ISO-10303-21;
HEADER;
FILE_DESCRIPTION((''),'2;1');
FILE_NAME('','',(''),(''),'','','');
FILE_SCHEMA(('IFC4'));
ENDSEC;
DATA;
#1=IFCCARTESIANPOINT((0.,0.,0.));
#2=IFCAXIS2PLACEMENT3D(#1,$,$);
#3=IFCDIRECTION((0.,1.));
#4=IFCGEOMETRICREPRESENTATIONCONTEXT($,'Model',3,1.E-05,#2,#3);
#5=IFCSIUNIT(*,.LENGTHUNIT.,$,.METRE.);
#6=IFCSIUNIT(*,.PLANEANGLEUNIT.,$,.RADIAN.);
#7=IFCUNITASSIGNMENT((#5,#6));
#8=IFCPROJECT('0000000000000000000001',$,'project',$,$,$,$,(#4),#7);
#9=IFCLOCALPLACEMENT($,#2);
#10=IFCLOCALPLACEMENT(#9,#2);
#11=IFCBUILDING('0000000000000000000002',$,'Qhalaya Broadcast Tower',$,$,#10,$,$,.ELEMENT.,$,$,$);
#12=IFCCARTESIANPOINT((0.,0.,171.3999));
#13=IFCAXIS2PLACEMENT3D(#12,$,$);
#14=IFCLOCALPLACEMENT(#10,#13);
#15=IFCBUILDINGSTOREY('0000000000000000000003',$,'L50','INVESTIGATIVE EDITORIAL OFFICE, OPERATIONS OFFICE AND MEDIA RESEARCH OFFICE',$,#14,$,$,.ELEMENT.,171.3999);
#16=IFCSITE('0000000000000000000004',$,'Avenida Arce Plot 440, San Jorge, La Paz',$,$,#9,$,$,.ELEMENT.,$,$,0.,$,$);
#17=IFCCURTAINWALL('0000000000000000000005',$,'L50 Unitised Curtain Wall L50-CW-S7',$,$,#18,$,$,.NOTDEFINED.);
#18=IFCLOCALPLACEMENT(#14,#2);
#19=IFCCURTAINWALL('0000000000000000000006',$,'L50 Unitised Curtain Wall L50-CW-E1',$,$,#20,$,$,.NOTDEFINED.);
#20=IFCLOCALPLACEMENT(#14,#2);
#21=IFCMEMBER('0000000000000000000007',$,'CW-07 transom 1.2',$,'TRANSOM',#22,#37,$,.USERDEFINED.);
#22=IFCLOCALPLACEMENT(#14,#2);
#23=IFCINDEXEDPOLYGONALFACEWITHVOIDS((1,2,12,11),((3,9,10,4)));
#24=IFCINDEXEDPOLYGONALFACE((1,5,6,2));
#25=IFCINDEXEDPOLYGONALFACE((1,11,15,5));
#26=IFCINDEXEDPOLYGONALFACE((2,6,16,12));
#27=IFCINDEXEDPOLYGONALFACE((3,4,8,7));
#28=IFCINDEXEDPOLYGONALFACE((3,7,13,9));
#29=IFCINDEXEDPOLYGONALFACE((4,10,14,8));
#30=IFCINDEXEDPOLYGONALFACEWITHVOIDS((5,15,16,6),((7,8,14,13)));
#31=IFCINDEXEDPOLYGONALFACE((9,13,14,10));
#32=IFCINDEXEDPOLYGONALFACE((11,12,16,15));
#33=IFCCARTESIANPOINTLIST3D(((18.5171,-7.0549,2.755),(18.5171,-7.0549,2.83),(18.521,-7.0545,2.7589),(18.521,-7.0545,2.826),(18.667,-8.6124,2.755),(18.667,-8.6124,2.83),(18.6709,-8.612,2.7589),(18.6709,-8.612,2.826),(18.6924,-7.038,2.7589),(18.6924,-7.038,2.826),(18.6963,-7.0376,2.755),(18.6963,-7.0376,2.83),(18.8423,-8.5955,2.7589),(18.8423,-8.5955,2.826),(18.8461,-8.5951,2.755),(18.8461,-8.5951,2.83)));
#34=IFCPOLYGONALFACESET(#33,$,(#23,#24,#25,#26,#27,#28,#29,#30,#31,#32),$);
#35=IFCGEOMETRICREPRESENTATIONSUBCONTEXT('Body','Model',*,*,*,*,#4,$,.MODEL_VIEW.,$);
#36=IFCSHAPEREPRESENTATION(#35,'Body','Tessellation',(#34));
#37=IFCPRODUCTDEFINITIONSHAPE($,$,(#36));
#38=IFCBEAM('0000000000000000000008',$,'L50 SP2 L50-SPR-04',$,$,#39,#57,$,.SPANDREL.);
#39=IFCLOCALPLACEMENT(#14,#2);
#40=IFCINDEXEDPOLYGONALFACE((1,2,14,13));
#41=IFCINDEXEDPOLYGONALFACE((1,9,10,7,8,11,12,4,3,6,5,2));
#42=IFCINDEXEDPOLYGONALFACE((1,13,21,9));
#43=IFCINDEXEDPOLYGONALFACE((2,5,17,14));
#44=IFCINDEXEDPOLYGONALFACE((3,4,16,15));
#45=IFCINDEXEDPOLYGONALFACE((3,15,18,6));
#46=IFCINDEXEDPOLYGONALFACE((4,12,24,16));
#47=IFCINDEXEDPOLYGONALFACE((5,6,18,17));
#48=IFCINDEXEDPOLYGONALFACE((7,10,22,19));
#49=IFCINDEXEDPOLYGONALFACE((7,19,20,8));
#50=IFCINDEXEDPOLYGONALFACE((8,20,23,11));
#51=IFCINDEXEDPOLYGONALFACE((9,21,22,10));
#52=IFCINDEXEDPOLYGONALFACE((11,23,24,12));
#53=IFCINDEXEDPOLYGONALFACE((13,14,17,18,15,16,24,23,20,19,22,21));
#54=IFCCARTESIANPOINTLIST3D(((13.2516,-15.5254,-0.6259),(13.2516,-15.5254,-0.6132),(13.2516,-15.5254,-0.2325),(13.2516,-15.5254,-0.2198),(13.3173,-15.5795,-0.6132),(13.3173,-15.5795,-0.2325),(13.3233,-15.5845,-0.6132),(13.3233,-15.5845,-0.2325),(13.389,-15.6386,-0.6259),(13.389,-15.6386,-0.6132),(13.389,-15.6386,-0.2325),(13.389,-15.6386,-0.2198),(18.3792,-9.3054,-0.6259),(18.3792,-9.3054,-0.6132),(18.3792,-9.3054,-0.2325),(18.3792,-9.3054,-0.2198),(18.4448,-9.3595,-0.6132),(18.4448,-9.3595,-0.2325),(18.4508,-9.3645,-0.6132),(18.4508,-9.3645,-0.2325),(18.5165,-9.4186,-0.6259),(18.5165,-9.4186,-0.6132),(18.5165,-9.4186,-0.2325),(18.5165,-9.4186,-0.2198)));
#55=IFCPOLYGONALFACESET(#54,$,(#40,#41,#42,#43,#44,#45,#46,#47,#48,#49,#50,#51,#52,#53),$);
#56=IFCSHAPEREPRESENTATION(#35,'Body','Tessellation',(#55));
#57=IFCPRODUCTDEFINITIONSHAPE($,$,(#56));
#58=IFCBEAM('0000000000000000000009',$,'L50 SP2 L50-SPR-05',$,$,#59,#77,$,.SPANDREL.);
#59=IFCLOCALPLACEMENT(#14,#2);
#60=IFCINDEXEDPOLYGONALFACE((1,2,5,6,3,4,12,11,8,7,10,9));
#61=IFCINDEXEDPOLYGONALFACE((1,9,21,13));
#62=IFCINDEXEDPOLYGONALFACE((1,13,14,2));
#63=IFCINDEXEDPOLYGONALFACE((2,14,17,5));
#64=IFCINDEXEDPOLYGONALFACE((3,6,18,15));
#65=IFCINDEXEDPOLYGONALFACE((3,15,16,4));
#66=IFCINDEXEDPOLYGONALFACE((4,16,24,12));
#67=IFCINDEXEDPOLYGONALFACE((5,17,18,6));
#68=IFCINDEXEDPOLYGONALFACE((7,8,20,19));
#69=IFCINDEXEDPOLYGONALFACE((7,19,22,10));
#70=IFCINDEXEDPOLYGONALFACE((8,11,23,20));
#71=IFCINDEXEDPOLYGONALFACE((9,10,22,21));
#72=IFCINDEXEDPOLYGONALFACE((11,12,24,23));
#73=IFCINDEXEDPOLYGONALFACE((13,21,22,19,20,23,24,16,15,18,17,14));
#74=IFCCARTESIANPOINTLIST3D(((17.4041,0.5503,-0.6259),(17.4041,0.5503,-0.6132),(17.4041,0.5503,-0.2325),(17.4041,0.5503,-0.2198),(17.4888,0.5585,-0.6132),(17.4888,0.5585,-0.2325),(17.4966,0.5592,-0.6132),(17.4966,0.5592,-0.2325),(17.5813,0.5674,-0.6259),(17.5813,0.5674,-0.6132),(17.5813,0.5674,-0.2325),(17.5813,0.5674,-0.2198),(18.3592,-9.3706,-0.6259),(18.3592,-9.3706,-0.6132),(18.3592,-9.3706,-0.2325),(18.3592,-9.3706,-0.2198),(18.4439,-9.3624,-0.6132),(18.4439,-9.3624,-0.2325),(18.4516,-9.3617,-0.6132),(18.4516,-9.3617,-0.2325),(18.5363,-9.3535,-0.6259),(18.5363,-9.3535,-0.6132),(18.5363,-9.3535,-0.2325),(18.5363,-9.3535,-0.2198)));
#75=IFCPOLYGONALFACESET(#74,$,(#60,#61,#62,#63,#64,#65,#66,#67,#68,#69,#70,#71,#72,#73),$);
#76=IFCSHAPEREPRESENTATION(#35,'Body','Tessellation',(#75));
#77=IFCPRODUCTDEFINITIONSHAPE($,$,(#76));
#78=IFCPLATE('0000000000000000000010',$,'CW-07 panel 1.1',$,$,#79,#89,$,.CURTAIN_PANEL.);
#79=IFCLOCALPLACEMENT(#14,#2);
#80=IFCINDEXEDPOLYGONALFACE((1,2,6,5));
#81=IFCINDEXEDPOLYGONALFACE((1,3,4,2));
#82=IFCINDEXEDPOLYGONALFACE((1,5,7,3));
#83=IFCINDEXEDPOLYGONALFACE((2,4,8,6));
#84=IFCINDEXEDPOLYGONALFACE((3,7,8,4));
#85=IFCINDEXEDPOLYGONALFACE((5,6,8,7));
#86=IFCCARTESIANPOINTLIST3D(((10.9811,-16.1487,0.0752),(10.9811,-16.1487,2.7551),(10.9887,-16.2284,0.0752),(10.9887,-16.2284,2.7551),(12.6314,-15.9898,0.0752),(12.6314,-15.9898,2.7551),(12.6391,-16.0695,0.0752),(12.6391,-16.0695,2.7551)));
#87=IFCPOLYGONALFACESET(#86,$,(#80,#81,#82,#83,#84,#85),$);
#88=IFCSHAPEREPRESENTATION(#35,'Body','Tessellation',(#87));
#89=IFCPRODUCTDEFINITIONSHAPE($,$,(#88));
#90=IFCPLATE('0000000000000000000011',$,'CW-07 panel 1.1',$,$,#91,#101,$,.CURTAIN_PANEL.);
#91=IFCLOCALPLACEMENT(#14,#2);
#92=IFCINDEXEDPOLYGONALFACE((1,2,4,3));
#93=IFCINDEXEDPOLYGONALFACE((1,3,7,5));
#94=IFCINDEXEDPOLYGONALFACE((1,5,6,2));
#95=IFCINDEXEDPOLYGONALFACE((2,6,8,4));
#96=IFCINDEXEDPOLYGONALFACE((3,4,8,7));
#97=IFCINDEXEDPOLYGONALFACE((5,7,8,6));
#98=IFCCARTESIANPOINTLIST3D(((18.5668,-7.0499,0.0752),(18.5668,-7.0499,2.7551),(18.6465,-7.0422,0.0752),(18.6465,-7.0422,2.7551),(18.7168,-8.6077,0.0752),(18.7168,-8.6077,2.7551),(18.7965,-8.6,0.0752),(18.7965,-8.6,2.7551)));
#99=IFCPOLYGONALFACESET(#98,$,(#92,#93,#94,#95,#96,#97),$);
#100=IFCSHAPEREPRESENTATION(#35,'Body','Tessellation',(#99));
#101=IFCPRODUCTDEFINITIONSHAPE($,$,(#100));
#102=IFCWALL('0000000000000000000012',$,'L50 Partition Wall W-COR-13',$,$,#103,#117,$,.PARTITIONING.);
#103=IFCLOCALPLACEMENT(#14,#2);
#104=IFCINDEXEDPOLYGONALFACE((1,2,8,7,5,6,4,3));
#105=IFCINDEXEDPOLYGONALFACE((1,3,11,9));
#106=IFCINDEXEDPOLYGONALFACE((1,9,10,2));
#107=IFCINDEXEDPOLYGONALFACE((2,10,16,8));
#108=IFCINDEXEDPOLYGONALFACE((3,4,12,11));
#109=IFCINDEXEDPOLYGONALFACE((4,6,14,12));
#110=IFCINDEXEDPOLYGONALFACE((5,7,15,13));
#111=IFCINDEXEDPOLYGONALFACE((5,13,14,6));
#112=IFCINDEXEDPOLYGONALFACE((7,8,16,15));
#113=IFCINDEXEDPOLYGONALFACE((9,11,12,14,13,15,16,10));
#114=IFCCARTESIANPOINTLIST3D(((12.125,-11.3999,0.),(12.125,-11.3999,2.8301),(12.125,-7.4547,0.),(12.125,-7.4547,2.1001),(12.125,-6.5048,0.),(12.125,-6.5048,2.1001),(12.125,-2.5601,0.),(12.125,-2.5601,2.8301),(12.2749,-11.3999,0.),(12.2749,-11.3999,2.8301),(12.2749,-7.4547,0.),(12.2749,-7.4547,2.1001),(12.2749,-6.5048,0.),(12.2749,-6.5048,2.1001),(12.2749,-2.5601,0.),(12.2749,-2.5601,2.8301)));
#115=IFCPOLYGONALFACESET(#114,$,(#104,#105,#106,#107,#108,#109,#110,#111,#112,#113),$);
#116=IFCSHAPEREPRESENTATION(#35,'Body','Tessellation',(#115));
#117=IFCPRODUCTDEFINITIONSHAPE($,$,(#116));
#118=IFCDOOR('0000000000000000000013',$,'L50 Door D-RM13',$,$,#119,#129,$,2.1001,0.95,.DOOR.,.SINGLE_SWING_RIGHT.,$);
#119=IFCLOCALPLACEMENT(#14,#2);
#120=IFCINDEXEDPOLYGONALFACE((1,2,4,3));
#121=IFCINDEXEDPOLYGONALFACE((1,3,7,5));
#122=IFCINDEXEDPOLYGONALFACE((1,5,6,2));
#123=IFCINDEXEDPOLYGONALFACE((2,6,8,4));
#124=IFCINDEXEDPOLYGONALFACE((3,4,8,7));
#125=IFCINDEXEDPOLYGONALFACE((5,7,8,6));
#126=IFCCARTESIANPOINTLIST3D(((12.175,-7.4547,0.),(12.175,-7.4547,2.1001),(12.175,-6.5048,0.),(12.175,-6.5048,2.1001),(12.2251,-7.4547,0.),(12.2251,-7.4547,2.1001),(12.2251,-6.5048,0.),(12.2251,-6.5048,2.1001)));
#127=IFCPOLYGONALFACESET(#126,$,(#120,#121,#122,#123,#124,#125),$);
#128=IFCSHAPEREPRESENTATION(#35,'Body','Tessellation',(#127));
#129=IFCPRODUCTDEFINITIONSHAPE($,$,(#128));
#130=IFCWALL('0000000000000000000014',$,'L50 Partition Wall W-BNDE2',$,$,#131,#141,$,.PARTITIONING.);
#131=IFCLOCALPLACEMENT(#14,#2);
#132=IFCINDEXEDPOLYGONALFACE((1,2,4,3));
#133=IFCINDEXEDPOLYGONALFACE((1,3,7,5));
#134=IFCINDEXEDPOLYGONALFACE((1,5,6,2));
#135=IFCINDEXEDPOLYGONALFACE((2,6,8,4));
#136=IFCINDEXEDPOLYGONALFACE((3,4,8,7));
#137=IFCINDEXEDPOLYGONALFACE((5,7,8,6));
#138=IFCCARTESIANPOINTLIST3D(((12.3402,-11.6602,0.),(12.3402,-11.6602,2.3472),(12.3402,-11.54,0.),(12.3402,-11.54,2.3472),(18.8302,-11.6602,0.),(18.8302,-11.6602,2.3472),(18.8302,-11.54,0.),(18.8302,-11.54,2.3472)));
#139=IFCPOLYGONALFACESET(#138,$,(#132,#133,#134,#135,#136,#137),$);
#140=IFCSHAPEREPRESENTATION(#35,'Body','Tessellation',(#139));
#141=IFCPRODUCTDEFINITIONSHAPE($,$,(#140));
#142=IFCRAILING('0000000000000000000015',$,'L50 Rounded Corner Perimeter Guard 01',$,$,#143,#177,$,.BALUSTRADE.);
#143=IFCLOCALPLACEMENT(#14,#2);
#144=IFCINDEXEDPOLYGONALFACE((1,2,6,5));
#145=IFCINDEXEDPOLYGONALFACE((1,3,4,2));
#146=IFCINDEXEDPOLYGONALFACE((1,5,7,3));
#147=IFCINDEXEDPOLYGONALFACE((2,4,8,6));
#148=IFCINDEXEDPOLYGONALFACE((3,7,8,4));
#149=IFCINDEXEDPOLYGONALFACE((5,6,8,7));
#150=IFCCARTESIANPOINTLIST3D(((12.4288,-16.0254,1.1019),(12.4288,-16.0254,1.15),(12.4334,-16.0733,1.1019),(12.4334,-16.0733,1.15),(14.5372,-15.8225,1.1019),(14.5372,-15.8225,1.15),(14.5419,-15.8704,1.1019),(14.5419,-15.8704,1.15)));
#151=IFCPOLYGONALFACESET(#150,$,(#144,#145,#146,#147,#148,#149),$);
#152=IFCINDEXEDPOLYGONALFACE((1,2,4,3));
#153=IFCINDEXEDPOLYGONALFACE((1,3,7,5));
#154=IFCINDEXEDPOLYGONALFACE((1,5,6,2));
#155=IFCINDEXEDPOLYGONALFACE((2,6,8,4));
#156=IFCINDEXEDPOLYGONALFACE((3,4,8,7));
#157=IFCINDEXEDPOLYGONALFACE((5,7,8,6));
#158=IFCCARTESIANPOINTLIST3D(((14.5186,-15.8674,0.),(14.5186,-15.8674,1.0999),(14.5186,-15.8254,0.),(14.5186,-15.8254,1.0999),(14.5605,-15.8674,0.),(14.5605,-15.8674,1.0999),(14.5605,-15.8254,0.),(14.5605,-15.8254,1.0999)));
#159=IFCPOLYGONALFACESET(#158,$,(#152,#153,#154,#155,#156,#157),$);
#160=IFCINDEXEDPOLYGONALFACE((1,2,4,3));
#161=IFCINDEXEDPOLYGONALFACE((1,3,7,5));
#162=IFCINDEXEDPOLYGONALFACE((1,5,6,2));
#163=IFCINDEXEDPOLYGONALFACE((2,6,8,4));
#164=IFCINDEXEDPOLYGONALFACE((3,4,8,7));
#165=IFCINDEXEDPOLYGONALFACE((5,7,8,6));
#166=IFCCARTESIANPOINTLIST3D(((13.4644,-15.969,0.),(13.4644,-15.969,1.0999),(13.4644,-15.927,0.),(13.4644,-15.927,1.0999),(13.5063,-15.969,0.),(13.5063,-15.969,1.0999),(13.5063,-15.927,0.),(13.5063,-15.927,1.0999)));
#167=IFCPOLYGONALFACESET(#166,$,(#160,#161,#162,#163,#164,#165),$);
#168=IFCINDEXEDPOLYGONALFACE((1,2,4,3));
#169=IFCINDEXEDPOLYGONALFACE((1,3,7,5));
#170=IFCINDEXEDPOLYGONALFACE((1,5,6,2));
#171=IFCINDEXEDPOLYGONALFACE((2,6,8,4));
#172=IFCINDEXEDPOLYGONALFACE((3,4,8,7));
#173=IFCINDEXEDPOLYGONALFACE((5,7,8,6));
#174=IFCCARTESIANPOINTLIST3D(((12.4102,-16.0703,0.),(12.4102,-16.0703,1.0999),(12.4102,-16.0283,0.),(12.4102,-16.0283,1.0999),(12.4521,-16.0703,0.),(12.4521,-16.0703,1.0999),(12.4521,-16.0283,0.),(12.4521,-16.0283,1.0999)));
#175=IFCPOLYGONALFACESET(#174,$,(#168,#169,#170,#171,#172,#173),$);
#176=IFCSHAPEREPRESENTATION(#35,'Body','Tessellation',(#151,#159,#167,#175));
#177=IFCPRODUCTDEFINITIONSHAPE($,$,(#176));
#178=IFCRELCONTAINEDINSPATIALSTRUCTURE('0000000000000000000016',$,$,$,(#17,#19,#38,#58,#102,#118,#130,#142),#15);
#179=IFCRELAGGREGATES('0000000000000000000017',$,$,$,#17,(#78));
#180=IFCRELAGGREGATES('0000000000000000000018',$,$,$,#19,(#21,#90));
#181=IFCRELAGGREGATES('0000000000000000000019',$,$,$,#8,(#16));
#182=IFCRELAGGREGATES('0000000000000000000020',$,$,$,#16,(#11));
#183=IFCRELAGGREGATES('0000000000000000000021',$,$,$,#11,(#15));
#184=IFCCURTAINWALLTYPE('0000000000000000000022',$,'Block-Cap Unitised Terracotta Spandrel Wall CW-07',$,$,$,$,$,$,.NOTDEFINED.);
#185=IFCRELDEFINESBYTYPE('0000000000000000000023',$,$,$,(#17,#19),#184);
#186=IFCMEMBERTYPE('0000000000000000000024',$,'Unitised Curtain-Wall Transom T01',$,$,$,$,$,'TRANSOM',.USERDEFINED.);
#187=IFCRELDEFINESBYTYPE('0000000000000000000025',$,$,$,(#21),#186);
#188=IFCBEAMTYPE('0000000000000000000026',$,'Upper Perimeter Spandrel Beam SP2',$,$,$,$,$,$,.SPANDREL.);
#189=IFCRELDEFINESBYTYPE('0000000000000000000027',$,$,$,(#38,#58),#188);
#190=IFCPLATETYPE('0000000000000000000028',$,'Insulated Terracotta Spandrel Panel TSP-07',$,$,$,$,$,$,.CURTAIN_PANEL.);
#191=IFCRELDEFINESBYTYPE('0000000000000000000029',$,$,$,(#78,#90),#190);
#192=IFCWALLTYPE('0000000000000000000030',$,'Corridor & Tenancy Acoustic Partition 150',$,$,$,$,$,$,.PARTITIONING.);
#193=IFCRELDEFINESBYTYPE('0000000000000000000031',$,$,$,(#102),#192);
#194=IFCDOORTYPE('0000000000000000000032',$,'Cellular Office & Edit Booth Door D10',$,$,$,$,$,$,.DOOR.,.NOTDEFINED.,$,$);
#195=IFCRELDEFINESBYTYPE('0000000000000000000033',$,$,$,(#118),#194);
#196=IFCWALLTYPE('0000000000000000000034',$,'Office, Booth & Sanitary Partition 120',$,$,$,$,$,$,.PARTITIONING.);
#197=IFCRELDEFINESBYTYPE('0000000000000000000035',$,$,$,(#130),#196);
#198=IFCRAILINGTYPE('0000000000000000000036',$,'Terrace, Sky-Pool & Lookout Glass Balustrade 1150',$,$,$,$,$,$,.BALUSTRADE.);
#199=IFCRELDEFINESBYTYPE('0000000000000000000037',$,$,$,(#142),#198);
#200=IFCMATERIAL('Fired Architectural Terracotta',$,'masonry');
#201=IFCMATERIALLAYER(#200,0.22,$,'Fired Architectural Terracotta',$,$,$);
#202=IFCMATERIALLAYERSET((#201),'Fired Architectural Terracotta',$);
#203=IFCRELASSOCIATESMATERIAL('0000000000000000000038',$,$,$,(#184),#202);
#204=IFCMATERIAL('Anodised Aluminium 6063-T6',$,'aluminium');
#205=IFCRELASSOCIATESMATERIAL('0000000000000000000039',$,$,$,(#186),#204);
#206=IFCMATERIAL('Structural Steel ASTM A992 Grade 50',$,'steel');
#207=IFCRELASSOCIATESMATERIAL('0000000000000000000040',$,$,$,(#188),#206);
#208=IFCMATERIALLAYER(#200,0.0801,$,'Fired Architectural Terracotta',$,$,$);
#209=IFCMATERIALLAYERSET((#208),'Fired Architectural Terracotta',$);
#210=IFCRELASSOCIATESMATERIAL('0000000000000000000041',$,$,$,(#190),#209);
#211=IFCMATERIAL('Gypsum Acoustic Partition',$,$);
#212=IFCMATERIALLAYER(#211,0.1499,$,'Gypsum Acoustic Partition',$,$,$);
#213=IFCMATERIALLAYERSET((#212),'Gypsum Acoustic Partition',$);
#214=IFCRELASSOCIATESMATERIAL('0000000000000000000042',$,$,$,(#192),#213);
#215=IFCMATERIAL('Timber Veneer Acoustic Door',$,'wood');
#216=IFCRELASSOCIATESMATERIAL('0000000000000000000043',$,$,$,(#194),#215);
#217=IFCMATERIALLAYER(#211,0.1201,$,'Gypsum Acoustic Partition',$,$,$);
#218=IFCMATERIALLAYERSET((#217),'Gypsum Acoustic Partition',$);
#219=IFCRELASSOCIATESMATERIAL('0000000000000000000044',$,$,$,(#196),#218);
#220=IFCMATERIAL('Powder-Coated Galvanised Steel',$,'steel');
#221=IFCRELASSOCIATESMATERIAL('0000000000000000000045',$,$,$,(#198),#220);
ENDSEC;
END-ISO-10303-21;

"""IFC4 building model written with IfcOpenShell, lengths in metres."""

from ifc_helpers import new_model, si_unit, direction, frame, frame_2d, origin, origin_2d, place, context, subcontext, project, spatial, rectangle, hollow_rectangle, i_section, extrude, material, layer, layer_set, material_profile, profile_set, type_object, element, fill, aggregate, save


model = new_model("IFC4")

# Units and contexts
model_context = context("Model", 3, precision=1e-05, world=origin(), true_north=direction((0.0, 1.0)))
body_context = subcontext(model_context, "Body", "Model", "MODEL_VIEW")
ifc_project = project(units=[si_unit("LENGTHUNIT", "METRE"), si_unit("PLANEANGLEUNIT", "RADIAN")], contexts=[model_context])

# Site, building, storey
site_placement = place(None, origin())
site = spatial("IfcSite", under=ifc_project, at=site_placement, Name="Avenida Arce Plot 440, San Jorge, La Paz", CompositionType="ELEMENT", RefElevation=0.0)
building_placement = place(site_placement, origin())
building = spatial("IfcBuilding", under=site, at=building_placement, Name="Qhalaya Broadcast Tower", CompositionType="ELEMENT")
storey_placement = place(building_placement, frame((0.0, 0.0, 171.3999)))
storey = spatial("IfcBuildingStorey", under=building, at=storey_placement, Name="L50", Description="INVESTIGATIVE EDITORIAL OFFICE, OPERATIONS OFFICE AND MEDIA RESEARCH OFFICE", CompositionType="ELEMENT", Elevation=171.3999)

# Shared definitions
ifc_material_1 = material(Name="Anodised Aluminium 6063-T6", Category="aluminium")

# Curtain walls
ifc_material_2 = material(Name="Fired Architectural Terracotta", Category="masonry")
ifc_layer_1 = layer(ifc_material_2, 0.22, Name="Fired Architectural Terracotta")
ifc_layer_set_1 = layer_set([ifc_layer_1], Name="Fired Architectural Terracotta")
curtain_wall_type_1 = type_object("IfcCurtainWallType", Name="Block-Cap Unitised Terracotta Spandrel Wall CW-07", PredefinedType="NOTDEFINED", material=ifc_layer_set_1)
curtain_wall_1_placement = place(storey_placement, origin())
curtain_wall_1 = element("IfcCurtainWall", 1, at=curtain_wall_1_placement, inside=storey, type_object=curtain_wall_type_1, Name="L50 Unitised Curtain Wall L50-CW-S7", PredefinedType="NOTDEFINED")
curtain_wall_2_placement = place(storey_placement, origin())
curtain_wall_2 = element("IfcCurtainWall", 2, at=curtain_wall_2_placement, inside=storey, type_object=curtain_wall_type_1, Name="L50 Unitised Curtain Wall L50-CW-E1", PredefinedType="NOTDEFINED")

# Member
ifc_material_profile_1 = material_profile(ifc_material_1, hollow_rectangle(XDim=0.075, YDim=0.1799, WallThickness=0.0039, at=origin_2d()), Name="ALU-TRN 75x180x4")
ifc_profile_set_1 = profile_set([ifc_material_profile_1], Name="Anodised Aluminium 6063-T6")
member_type_1 = type_object("IfcMemberType", Name="Unitised Curtain-Wall Transom T01", ElementType="TRANSOM", PredefinedType="USERDEFINED", material=ifc_profile_set_1)
member_1_placement = place(storey_placement, frame((18.7566, -8.6038, 2.7925), z_axis=(-0.095796, 0.995401, 0.0), x_axis=(0.0, 0.0, 1.0)))
member_1 = element("IfcMember", 3, at=member_1_placement, type_object=member_type_1, Name="CW-07 transom 1.2", ObjectType="TRANSOM", PredefinedType="USERDEFINED", context=body_context, shape_type="SweptSolid", body=[
    extrude(hollow_rectangle(XDim=0.075, YDim=0.1799, WallThickness=0.0039, at=origin_2d()), origin(), (0.0, 0.0, 1.0), 1.5647),
])

# Beams
ifc_material_3 = material(Name="Structural Steel ASTM A992 Grade 50", Category="steel")
ifc_material_profile_2 = material_profile(ifc_material_3, i_section(OverallWidth=0.178, OverallDepth=0.406, WebThickness=0.0078, FlangeThickness=0.0127, at=origin_2d()), Name="W16X40")
ifc_profile_set_2 = profile_set([ifc_material_profile_2], Name="Structural Steel ASTM A992 Grade 50")
beam_type = type_object("IfcBeamType", Name="Upper Perimeter Spandrel Beam SP2", PredefinedType="SPANDREL", material=ifc_profile_set_2)
beam_1_placement = place(storey_placement, frame((13.3203, -15.582, -0.4229), z_axis=(0.636085, 0.771619, 0.0), x_axis=(-0.771619, 0.636085, 0.0)))
element("IfcBeam", 4, at=beam_1_placement, inside=storey, type_object=beam_type, Name="L50 SP2 L50-SPR-04", PredefinedType="SPANDREL", context=body_context, shape_type="SweptSolid", body=[
    extrude(i_section(OverallWidth=0.178, OverallDepth=0.406, WebThickness=0.0078, FlangeThickness=0.0127, at=origin_2d()), origin(), (0.0, 0.0, 1.0), 8.061),
])
beam_2_placement = place(storey_placement, frame((18.4478, -9.3621, -0.4229), z_axis=(-0.095826, 0.995398, 0.0), x_axis=(-0.995398, -0.095826, 0.0)))
element("IfcBeam", 5, at=beam_2_placement, inside=storey, type_object=beam_type, Name="L50 SP2 L50-SPR-05", PredefinedType="SPANDREL", context=body_context, shape_type="SweptSolid", body=[
    extrude(i_section(OverallWidth=0.178, OverallDepth=0.406, WebThickness=0.0078, FlangeThickness=0.0127, at=origin_2d()), origin(), (0.0, 0.0, 1.0), 9.9668),
])

# Plates
ifc_layer_2 = layer(ifc_material_2, 0.0801, Name="Fired Architectural Terracotta")
ifc_layer_set_2 = layer_set([ifc_layer_2], Name="Fired Architectural Terracotta")
plate_type = type_object("IfcPlateType", Name="Insulated Terracotta Spandrel Panel TSP-07", PredefinedType="CURTAIN_PANEL", material=ifc_layer_set_2)
plate_1_placement = place(storey_placement, frame((11.8101, -16.1091, 0.0752), z_axis=(0.0, 0.0, 1.0), x_axis=(0.995395, 0.095856, 0.0)))
plate_1 = element("IfcPlate", 6, at=plate_1_placement, type_object=plate_type, Name="CW-07 panel 1.1", PredefinedType="CURTAIN_PANEL", context=body_context, shape_type="SweptSolid", body=[
    extrude(rectangle(XDim=1.658, YDim=0.0801, at=origin_2d()), origin(), (0.0, 0.0, 1.0), 2.6799),
])
aggregate(curtain_wall_1, [plate_1])
plate_2_placement = place(storey_placement, frame((18.6816, -7.825, 0.0752), z_axis=(0.0, 0.0, 1.0), x_axis=(-0.09586, 0.995395, 0.0)))
plate_2 = element("IfcPlate", 7, at=plate_2_placement, type_object=plate_type, Name="CW-07 panel 1.1", PredefinedType="CURTAIN_PANEL", context=body_context, shape_type="SweptSolid", body=[
    extrude(rectangle(XDim=1.5649, YDim=0.0801, at=origin_2d()), origin(), (0.0, 0.0, 1.0), 2.6799),
])
aggregate(curtain_wall_2, [member_1, plate_2])

# Wall, opening, door
ifc_material_4 = material(Name="Gypsum Acoustic Partition")
ifc_layer_3 = layer(ifc_material_4, 0.1499, Name="Gypsum Acoustic Partition")
ifc_layer_set_3 = layer_set([ifc_layer_3], Name="Gypsum Acoustic Partition")
wall_type_1 = type_object("IfcWallType", Name="Corridor & Tenancy Acoustic Partition 150", PredefinedType="PARTITIONING", material=ifc_layer_set_3)
wall_1_placement = place(storey_placement, frame((12.2, -11.3999, 0.0), z_axis=(0.0, 0.0, 1.0), x_axis=(0.0, 1.0, 0.0)))
wall_1 = element("IfcWall", 8, at=wall_1_placement, inside=storey, type_object=wall_type_1, Name="L50 Partition Wall W-COR-13", PredefinedType="PARTITIONING", context=body_context, shape_type="SweptSolid", body=[
    extrude(rectangle(XDim=8.8398, YDim=0.1499, at=frame_2d((4.4199, 0.0))), origin(), (0.0, 0.0, 1.0), 2.8301),
])
opening_placement = place(wall_1_placement, frame((3.9451, 0.0, 0.0)))
opening = element("IfcOpeningElement", 9, at=opening_placement, cuts=wall_1, PredefinedType="OPENING", context=body_context, shape_type="SweptSolid", body=[
    extrude(rectangle(XDim=0.95, YDim=2.1001, at=frame_2d((0.4751, 1.05))), frame((0.0, 0.0869, 0.0), z_axis=(0.0, -1.0, 0.0), x_axis=(1.0, 0.0, 0.0)), (0.0, 0.0, 1.0), 0.1738),
])
ifc_material_5 = material(Name="Timber Veneer Acoustic Door", Category="wood")
door_type = type_object("IfcDoorType", Name="Cellular Office & Edit Booth Door D10", OperationType="NOTDEFINED", PredefinedType="DOOR", material=ifc_material_5)
door_placement = place(opening_placement, origin())
door = element("IfcDoor", 10, at=door_placement, inside=storey, type_object=door_type, Name="L50 Door D-RM13", OperationType="SINGLE_SWING_RIGHT", OverallHeight=2.1001, OverallWidth=0.95, PredefinedType="DOOR", context=body_context, shape_type="SweptSolid", body=[
    extrude(rectangle(XDim=0.95, YDim=2.1001, at=frame_2d((0.4751, 1.05))), frame((0.0, 0.0249, 0.0), z_axis=(0.0, -1.0, 0.0), x_axis=(1.0, 0.0, 0.0)), (0.0, 0.0, 1.0), 0.05),
])
fill(opening, door)

# Wall
ifc_layer_4 = layer(ifc_material_4, 0.1201, Name="Gypsum Acoustic Partition")
ifc_layer_set_4 = layer_set([ifc_layer_4], Name="Gypsum Acoustic Partition")
wall_type_2 = type_object("IfcWallType", Name="Office, Booth & Sanitary Partition 120", PredefinedType="PARTITIONING", material=ifc_layer_set_4)
wall_2_placement = place(storey_placement, frame((12.3401, -11.6001, 0.0), z_axis=(0.0, 0.0, 1.0), x_axis=(1.0, 0.0, 0.0)))
element("IfcWall", 11, at=wall_2_placement, inside=storey, type_object=wall_type_2, Name="L50 Partition Wall W-BNDE2", PredefinedType="PARTITIONING", context=body_context, shape_type="SweptSolid", body=[
    extrude(rectangle(XDim=6.49, YDim=0.1201, at=frame_2d((3.2451, 0.0))), origin(), (0.0, 0.0, 1.0), 2.3472),
])

# Railing
ifc_material_6 = material(Name="Powder-Coated Galvanised Steel", Category="steel")
railing_type = type_object("IfcRailingType", Name="Terrace, Sky-Pool & Lookout Glass Balustrade 1150", PredefinedType="BALUSTRADE", material=ifc_material_6)
railing_1_placement = place(storey_placement, frame((14.5396, -15.8464, 0.0)))
element("IfcRailing", 12, at=railing_1_placement, inside=storey, type_object=railing_type, Name="L50 Rounded Corner Perimeter Guard 01", PredefinedType="BALUSTRADE", context=body_context, shape_type="SweptSolid", body=[
    extrude(rectangle(XDim=0.0481, YDim=0.0481, at=origin_2d()), frame((0.0, 0.0, 1.126), z_axis=(-0.995402, -0.095783, 0.0), x_axis=(0.095783, -0.995402, 0.0)), (0.0, 0.0, 1.0), 2.1182),
    extrude(rectangle(XDim=0.042, YDim=0.042, at=origin_2d()), origin(), (0.0, 0.0, 1.0), 1.0999),
    extrude(rectangle(XDim=0.042, YDim=0.042, at=origin_2d()), frame((-1.0542, -0.1016, 0.0)), (0.0, 0.0, 1.0), 1.0999),
    extrude(rectangle(XDim=0.042, YDim=0.042, at=origin_2d()), frame((-2.1084, -0.2029, 0.0)), (0.0, 0.0, 1.0), 1.0999),
])

save(model, "model.ifc")
